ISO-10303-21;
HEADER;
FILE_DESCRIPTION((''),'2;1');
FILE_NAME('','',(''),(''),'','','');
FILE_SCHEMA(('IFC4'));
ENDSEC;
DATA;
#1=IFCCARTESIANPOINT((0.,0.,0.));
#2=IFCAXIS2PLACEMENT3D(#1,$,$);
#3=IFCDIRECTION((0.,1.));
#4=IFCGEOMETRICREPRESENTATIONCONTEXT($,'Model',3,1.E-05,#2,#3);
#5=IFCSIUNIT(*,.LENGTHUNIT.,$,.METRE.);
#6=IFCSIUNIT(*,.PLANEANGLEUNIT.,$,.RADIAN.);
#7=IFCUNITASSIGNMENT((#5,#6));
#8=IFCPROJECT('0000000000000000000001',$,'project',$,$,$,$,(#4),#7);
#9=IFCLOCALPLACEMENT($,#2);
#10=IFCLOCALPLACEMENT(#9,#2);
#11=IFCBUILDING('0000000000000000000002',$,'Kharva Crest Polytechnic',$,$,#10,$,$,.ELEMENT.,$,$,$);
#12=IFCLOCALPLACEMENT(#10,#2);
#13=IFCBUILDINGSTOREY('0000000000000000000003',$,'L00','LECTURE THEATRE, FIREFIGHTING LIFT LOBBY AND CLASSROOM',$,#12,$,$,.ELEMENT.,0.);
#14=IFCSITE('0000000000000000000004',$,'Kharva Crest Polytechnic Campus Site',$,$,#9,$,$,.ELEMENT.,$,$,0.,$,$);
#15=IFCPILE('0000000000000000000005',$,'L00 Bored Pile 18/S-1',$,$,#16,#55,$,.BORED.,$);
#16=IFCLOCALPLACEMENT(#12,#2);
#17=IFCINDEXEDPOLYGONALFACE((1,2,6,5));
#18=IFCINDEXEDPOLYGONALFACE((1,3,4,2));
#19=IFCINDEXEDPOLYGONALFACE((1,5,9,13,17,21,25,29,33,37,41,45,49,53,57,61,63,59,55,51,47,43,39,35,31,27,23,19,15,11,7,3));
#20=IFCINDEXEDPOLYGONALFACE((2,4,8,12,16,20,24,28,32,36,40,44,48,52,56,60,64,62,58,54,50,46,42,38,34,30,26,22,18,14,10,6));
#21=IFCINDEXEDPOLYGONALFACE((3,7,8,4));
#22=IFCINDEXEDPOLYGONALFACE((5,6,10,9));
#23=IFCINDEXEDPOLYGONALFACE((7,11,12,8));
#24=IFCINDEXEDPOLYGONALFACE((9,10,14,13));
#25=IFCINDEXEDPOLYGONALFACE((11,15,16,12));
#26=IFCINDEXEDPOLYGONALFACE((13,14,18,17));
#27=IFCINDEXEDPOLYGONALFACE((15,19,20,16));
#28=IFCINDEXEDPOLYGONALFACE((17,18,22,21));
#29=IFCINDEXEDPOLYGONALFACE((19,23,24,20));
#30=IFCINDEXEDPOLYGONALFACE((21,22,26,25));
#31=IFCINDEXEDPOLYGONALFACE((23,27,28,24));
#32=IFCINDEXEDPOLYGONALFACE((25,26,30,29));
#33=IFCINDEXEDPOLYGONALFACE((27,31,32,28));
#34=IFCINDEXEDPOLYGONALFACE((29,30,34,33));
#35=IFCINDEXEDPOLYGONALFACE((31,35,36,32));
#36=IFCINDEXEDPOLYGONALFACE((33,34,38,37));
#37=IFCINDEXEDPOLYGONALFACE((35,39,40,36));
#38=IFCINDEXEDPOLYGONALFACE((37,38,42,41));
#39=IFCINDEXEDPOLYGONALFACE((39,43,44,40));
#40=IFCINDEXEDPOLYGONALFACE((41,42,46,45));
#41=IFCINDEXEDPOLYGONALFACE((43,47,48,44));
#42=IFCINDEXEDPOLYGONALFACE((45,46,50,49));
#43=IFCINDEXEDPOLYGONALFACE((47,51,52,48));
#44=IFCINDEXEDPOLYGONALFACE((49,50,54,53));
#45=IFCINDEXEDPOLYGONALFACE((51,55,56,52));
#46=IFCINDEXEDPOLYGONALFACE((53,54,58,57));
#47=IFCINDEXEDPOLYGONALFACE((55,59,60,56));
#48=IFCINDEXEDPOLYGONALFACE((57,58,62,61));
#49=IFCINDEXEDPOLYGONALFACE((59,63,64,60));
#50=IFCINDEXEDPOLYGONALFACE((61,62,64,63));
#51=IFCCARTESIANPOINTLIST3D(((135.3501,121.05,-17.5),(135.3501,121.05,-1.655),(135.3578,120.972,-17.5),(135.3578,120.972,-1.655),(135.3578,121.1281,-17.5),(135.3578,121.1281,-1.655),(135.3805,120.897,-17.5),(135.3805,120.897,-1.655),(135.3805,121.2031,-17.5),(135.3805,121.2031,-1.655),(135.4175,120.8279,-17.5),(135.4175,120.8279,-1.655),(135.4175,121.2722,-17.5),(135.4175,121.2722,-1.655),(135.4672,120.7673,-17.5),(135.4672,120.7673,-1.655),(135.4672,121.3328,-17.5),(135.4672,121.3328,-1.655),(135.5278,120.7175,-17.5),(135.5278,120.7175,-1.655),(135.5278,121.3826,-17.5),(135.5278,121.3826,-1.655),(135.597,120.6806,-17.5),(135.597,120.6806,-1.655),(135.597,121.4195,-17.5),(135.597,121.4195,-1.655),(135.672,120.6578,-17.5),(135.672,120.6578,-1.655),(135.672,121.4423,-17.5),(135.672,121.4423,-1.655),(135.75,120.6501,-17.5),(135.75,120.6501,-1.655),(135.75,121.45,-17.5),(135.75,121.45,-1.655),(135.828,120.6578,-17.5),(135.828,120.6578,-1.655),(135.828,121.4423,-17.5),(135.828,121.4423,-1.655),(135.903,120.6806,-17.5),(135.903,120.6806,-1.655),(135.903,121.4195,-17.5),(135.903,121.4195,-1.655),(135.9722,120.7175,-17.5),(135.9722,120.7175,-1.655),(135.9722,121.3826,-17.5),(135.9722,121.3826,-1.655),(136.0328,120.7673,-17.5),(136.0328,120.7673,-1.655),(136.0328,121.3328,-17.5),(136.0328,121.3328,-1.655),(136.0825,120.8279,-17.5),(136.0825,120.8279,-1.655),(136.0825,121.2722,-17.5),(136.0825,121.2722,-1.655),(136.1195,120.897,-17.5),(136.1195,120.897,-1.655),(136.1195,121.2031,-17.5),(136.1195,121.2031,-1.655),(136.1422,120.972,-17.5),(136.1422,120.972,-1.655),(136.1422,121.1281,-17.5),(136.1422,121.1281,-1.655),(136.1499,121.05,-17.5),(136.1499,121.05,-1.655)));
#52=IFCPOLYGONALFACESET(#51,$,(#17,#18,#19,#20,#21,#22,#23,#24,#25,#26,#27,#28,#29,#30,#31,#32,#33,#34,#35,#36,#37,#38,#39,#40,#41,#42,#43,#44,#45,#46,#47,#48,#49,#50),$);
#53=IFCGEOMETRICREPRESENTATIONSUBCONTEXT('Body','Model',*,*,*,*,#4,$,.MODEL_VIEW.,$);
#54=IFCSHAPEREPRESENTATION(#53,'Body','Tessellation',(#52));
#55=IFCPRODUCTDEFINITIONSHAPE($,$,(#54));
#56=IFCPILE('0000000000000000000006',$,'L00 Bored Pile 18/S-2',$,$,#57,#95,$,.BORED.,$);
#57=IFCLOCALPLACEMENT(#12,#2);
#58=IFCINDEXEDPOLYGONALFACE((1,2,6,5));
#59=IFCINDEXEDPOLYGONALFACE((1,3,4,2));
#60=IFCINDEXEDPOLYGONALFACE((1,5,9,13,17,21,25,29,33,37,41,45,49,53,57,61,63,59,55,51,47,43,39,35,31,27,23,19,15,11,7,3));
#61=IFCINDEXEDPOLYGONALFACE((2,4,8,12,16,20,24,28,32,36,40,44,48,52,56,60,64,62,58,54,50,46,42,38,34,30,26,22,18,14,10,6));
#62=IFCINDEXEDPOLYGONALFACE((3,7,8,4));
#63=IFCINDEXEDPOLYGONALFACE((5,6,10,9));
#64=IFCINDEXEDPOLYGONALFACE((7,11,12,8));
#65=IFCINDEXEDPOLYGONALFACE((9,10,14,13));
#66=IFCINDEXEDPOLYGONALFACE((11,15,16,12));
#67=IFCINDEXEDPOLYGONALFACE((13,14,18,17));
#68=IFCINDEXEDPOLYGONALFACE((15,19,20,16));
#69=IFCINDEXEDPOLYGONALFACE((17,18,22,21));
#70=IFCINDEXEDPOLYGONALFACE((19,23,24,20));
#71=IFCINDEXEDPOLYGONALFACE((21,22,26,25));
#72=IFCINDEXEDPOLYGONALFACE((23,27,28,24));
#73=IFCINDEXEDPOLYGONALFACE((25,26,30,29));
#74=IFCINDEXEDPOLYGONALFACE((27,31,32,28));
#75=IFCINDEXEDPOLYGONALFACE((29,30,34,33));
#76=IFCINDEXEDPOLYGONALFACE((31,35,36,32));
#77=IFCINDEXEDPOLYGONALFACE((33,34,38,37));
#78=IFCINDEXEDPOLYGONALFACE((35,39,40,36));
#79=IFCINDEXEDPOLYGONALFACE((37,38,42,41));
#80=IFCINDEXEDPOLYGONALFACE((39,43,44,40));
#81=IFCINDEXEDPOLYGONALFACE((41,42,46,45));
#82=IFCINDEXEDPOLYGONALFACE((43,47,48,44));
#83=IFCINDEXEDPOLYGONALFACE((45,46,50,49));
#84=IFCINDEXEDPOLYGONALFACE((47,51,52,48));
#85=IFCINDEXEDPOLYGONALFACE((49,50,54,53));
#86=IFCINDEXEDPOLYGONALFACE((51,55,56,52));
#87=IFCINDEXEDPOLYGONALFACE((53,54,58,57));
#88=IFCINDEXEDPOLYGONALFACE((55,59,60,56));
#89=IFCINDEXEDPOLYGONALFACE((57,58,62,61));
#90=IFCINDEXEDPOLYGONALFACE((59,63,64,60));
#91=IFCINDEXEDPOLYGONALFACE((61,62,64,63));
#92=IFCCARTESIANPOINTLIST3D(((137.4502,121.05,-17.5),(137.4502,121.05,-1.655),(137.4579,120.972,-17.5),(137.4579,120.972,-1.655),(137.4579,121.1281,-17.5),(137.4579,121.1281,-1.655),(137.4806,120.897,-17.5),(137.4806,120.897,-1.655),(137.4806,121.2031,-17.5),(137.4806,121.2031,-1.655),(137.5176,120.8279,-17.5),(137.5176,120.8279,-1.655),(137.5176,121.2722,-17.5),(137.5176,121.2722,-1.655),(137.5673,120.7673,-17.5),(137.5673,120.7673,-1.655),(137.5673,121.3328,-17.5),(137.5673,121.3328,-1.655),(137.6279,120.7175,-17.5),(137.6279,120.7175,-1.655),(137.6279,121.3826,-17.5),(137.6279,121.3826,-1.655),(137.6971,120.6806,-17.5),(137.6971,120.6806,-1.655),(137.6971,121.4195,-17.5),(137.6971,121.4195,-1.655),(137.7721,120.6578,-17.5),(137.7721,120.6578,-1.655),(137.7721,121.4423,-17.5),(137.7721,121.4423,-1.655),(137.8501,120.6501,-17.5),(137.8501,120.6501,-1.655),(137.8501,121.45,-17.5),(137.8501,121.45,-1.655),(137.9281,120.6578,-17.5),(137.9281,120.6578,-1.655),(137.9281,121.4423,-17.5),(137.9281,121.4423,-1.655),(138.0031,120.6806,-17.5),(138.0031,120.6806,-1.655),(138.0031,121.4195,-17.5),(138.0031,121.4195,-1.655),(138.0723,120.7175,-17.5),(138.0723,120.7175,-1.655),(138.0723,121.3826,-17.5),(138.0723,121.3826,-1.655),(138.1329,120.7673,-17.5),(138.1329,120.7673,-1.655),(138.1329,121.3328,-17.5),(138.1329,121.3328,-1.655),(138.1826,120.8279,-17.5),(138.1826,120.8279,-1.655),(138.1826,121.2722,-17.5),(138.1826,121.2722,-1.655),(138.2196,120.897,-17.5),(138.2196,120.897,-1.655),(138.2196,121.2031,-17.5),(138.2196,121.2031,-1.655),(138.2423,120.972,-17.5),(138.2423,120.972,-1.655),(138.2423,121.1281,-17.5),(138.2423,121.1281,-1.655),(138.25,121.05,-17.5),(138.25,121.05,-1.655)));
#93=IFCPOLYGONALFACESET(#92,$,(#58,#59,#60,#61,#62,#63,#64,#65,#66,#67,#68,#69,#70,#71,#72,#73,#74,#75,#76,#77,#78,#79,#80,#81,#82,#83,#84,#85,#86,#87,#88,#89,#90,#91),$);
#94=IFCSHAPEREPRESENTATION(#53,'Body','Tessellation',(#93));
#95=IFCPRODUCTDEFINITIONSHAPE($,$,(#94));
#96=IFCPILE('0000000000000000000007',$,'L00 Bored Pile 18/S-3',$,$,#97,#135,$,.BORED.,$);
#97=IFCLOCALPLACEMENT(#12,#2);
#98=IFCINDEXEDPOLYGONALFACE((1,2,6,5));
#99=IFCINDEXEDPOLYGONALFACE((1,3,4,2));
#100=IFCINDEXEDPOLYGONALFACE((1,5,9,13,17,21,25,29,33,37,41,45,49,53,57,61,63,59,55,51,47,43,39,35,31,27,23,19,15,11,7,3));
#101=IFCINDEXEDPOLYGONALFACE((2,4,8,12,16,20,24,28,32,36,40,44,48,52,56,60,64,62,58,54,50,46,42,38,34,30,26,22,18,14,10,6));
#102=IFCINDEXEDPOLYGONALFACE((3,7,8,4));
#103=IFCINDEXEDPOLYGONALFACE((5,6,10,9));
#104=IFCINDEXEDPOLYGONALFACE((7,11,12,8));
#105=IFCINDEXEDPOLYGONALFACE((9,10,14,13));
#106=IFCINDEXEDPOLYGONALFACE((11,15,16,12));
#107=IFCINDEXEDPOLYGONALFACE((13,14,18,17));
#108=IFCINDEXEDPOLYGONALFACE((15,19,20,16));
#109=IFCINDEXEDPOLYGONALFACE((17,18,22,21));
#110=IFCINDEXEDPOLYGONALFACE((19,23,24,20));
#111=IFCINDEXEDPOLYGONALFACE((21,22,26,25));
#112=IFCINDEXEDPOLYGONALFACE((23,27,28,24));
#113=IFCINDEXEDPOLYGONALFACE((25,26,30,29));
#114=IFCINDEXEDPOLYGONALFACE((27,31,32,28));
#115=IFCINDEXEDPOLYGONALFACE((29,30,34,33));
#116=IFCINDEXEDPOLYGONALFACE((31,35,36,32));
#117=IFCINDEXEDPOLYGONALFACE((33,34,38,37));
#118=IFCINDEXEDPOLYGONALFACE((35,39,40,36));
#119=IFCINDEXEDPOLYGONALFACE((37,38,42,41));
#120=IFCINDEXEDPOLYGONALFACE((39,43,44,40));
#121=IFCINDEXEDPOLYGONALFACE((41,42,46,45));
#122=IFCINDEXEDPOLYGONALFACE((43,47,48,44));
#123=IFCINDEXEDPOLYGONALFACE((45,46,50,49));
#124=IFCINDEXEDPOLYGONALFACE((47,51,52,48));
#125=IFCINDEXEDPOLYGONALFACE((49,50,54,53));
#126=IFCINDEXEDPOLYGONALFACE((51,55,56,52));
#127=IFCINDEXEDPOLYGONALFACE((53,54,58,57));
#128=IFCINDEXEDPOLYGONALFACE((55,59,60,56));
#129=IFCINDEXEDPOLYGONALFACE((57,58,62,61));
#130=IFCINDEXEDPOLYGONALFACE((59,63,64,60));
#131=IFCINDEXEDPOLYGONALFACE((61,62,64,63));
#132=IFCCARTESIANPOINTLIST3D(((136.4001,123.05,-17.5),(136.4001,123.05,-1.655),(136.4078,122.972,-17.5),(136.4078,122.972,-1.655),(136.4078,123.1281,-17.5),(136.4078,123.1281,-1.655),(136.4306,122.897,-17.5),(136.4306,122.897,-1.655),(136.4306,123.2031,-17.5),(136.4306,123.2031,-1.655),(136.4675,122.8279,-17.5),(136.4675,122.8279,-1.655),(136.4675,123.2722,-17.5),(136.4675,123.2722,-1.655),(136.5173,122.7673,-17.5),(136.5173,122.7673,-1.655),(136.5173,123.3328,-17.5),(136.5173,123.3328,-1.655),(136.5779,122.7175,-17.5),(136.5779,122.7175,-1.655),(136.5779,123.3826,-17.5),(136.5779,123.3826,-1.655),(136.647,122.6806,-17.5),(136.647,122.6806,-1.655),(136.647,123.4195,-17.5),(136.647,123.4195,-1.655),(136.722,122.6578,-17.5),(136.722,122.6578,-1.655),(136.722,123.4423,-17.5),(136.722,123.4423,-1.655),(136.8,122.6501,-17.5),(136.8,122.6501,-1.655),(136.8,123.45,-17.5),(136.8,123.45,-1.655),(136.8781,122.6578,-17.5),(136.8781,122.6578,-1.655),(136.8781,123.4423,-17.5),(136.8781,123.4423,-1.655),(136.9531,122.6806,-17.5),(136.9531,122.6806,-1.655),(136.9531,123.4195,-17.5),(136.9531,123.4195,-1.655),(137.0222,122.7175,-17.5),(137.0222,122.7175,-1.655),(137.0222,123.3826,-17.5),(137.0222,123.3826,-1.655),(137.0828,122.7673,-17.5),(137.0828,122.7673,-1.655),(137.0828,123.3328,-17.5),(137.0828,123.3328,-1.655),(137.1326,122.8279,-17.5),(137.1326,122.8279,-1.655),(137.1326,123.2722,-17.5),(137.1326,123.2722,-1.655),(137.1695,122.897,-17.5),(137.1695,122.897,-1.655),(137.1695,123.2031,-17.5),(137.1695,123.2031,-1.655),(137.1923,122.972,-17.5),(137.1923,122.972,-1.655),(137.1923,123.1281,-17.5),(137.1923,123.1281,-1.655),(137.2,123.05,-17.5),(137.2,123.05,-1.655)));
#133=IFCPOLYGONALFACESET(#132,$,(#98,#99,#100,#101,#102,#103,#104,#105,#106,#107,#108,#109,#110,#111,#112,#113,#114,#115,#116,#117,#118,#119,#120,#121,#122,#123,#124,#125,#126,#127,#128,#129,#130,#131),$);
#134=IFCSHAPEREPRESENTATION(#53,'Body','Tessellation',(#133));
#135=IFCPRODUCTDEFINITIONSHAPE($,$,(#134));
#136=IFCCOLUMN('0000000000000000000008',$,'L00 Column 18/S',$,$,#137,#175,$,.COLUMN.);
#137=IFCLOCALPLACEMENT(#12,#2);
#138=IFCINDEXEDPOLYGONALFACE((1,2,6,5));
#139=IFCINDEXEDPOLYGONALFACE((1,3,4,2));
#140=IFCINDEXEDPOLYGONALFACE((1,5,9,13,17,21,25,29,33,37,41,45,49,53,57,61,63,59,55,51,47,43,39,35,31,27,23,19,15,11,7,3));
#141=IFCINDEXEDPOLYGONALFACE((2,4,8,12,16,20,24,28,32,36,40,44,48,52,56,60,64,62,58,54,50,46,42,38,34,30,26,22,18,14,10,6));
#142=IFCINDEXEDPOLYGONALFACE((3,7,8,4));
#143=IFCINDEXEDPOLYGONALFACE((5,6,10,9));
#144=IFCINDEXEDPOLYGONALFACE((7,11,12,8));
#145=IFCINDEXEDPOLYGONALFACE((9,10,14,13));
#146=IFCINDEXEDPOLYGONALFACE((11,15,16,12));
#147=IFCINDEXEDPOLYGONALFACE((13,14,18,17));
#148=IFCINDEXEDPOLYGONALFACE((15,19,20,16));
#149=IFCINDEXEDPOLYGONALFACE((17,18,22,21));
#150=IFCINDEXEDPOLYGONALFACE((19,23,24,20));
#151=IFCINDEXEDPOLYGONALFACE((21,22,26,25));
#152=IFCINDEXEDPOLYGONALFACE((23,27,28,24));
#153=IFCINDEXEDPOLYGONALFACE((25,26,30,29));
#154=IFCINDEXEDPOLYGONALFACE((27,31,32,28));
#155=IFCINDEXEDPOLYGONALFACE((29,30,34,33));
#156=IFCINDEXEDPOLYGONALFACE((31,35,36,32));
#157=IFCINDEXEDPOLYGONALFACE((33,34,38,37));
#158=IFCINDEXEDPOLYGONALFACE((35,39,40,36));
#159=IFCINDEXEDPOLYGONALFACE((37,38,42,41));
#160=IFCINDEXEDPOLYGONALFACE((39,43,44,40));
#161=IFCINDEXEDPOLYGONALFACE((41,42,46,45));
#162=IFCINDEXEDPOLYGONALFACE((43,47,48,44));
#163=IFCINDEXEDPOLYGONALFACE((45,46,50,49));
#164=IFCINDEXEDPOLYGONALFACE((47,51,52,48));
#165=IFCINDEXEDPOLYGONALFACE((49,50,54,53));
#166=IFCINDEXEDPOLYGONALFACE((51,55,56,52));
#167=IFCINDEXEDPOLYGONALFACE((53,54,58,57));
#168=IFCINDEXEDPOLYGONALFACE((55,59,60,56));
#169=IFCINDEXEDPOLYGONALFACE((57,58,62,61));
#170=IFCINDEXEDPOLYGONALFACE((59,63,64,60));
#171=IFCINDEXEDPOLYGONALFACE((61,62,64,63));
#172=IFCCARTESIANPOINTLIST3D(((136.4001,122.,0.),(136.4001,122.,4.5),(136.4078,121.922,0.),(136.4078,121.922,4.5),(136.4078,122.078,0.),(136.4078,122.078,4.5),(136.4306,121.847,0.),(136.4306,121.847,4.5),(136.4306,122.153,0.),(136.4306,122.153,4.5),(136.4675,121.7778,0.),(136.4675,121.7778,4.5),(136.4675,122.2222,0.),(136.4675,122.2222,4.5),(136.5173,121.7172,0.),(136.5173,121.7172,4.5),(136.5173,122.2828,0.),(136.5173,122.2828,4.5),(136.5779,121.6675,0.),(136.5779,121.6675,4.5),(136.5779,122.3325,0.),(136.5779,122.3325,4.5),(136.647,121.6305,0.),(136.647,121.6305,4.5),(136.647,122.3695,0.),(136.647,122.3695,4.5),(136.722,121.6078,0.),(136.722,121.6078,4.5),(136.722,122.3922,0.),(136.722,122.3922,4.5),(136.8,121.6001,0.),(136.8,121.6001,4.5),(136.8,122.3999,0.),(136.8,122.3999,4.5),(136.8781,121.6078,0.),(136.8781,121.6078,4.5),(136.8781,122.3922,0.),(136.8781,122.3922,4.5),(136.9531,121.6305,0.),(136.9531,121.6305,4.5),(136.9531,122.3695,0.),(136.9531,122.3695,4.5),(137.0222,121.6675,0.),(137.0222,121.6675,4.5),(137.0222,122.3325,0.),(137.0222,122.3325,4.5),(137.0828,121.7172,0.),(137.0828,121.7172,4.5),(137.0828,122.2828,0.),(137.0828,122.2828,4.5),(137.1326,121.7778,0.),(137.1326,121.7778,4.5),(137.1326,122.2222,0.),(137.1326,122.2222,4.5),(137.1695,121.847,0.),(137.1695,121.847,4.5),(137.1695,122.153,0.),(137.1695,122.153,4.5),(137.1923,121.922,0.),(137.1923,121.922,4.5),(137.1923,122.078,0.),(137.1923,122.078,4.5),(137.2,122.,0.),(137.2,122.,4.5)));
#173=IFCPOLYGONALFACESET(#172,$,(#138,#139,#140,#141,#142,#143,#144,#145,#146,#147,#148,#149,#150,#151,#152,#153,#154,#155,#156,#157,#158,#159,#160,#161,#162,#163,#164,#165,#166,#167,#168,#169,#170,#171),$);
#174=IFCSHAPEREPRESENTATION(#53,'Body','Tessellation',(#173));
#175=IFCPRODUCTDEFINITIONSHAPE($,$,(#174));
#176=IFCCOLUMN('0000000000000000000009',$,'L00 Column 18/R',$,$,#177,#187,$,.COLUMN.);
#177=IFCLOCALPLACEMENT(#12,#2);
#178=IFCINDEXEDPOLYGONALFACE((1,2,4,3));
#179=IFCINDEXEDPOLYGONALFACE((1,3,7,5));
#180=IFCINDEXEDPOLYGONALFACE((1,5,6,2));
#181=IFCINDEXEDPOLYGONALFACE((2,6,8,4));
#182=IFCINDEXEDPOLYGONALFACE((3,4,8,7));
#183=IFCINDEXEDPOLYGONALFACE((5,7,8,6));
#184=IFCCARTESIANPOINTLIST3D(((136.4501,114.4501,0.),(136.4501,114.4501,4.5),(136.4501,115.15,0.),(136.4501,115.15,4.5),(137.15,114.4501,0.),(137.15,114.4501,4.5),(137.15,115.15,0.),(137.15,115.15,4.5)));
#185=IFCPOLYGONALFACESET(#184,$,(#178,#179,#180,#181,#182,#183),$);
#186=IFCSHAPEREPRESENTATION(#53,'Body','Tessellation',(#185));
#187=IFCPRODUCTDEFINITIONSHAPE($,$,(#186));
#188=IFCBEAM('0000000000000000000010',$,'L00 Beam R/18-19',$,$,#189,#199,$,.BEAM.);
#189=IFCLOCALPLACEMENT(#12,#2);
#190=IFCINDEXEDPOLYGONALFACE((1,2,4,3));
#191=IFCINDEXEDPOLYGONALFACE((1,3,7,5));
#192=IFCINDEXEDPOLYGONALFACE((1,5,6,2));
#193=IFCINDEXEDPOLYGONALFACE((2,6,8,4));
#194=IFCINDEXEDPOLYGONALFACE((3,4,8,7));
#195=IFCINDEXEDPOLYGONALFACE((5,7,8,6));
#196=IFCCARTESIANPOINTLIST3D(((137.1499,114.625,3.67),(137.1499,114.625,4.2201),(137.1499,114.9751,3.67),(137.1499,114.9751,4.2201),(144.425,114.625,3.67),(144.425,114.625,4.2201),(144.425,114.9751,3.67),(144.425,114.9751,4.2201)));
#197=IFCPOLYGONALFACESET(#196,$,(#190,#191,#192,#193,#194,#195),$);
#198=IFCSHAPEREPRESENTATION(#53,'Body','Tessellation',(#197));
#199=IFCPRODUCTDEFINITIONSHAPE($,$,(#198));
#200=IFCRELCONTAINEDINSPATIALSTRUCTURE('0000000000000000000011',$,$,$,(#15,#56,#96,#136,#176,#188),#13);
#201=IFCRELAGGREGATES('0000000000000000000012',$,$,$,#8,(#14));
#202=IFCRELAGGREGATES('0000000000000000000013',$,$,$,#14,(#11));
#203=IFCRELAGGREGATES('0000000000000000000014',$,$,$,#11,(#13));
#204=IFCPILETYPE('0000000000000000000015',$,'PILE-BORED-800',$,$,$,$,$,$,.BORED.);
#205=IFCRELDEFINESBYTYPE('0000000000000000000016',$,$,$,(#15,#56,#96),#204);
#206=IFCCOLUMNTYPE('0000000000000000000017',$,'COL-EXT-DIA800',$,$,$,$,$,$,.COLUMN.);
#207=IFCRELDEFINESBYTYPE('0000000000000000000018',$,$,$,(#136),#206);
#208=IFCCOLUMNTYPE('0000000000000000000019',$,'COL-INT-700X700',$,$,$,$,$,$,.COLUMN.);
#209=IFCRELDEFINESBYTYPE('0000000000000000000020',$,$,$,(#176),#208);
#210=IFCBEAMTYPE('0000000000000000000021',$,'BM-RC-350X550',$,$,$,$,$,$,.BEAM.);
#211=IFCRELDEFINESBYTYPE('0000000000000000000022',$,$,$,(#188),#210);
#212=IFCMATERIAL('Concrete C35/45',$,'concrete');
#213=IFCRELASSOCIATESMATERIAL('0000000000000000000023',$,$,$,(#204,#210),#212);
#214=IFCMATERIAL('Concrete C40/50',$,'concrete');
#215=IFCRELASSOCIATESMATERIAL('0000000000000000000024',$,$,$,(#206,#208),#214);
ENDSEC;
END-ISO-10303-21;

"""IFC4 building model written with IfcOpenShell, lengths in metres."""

from ifc_helpers import new_model, si_unit, direction, frame, origin, origin_2d, place, context, subcontext, project, spatial, rectangle, circle, extrude, material, material_profile, profile_set, type_object, element, save


model = new_model("IFC4")

# Units and contexts
model_context = context("Model", 3, precision=1e-05, world=origin(), true_north=direction((0.0, 1.0)))
body_context = subcontext(model_context, "Body", "Model", "MODEL_VIEW")
ifc_project = project(units=[si_unit("LENGTHUNIT", "METRE"), si_unit("PLANEANGLEUNIT", "RADIAN")], contexts=[model_context])

# Site, building, storey
site_placement = place(None, origin())
site = spatial("IfcSite", under=ifc_project, at=site_placement, Name="Kharva Crest Polytechnic Campus Site", CompositionType="ELEMENT", RefElevation=0.0)
building_placement = place(site_placement, origin())
building = spatial("IfcBuilding", under=site, at=building_placement, Name="Kharva Crest Polytechnic", CompositionType="ELEMENT")
storey_placement = place(building_placement, origin())
storey = spatial("IfcBuildingStorey", under=building, at=storey_placement, Name="L00", Description="LECTURE THEATRE, FIREFIGHTING LIFT LOBBY AND CLASSROOM", CompositionType="ELEMENT", Elevation=0.0)

# Shared definitions
ifc_material_1 = material(Name="Concrete C35/45", Category="concrete")

# Piles
ifc_material_profile_1 = material_profile(ifc_material_1, circle(Radius=0.3999, at=origin_2d()), Name="DIA 800")
ifc_profile_set_1 = profile_set([ifc_material_profile_1], Name="Concrete C35/45")
pile_type_1 = type_object("IfcPileType", Name="PILE-BORED-800", PredefinedType="BORED", material=ifc_profile_set_1)
for number, where, z_axis, x_axis, name in (
    (1, (135.75, 121.05, -1.655), (0.0, 0.0, -1.0), (1.0, 0.0, 0.0), "L00 Bored Pile 18/S-1"),
    (2, (137.8501, 121.05, -1.655), (0.0, 0.0, -1.0), (1.0, 0.0, 0.0), "L00 Bored Pile 18/S-2"),
    (3, (136.8, 123.05, -1.655), (0.0, 0.0, -1.0), (1.0, 0.0, 0.0), "L00 Bored Pile 18/S-3"),
):
    element("IfcPile", number, at=place(storey_placement, frame(where, z_axis=z_axis, x_axis=x_axis)), inside=storey, type_object=pile_type_1, Name=name, PredefinedType="BORED", context=body_context, shape_type="SweptSolid", body=[
        extrude(circle(Radius=0.3999, at=origin_2d()), origin(), (0.0, 0.0, 1.0), 15.845),
    ])

# Columns
ifc_material_2 = material(Name="Concrete C40/50", Category="concrete")
ifc_material_profile_2 = material_profile(ifc_material_2, circle(Radius=0.3999, at=origin_2d()), Name="DIA 800")
ifc_profile_set_2 = profile_set([ifc_material_profile_2], Name="Concrete C40/50")
column_type_1 = type_object("IfcColumnType", Name="COL-EXT-DIA800", PredefinedType="COLUMN", material=ifc_profile_set_2)
column_1_placement = place(storey_placement, frame((136.8, 122.0, 0.0), z_axis=(0.0, 0.0, 1.0), x_axis=(1.0, 0.0, 0.0)))
element("IfcColumn", 4, at=column_1_placement, inside=storey, type_object=column_type_1, Name="L00 Column 18/S", PredefinedType="COLUMN", context=body_context, shape_type="SweptSolid", body=[
    extrude(circle(Radius=0.3999, at=origin_2d()), origin(), (0.0, 0.0, 1.0), 4.5),
])
ifc_material_profile_3 = material_profile(ifc_material_2, rectangle(XDim=0.7, YDim=0.7, at=origin_2d()), Name="RECT 700 X 700")
ifc_profile_set_3 = profile_set([ifc_material_profile_3], Name="Concrete C40/50")
column_type_2 = type_object("IfcColumnType", Name="COL-INT-700X700", PredefinedType="COLUMN", material=ifc_profile_set_3)
column_2_placement = place(storey_placement, frame((136.8, 114.8, 0.0), z_axis=(0.0, 0.0, 1.0), x_axis=(1.0, 0.0, 0.0)))
element("IfcColumn", 5, at=column_2_placement, inside=storey, type_object=column_type_2, Name="L00 Column 18/R", PredefinedType="COLUMN", context=body_context, shape_type="SweptSolid", body=[
    extrude(rectangle(XDim=0.7, YDim=0.7, at=origin_2d()), origin(), (0.0, 0.0, 1.0), 4.5),
])

# Beam
ifc_material_profile_4 = material_profile(ifc_material_1, rectangle(XDim=0.3501, YDim=0.55, at=origin_2d()), Name="RECT 350 X 550")
ifc_profile_set_4 = profile_set([ifc_material_profile_4], Name="Concrete C35/45")
beam_type_1 = type_object("IfcBeamType", Name="BM-RC-350X550", PredefinedType="BEAM", material=ifc_profile_set_4)
beam_1_placement = place(storey_placement, frame((137.1499, 114.8, 3.9451), z_axis=(1.0, 0.0, 0.0), x_axis=(0.0, 1.0, 0.0)))
element("IfcBeam", 6, at=beam_1_placement, inside=storey, type_object=beam_type_1, Name="L00 Beam R/18-19", PredefinedType="BEAM", context=body_context, shape_type="SweptSolid", body=[
    extrude(rectangle(XDim=0.3501, YDim=0.55, at=origin_2d()), origin(), (0.0, 0.0, 1.0), 7.2751),
])

save(model, "model.ifc")
